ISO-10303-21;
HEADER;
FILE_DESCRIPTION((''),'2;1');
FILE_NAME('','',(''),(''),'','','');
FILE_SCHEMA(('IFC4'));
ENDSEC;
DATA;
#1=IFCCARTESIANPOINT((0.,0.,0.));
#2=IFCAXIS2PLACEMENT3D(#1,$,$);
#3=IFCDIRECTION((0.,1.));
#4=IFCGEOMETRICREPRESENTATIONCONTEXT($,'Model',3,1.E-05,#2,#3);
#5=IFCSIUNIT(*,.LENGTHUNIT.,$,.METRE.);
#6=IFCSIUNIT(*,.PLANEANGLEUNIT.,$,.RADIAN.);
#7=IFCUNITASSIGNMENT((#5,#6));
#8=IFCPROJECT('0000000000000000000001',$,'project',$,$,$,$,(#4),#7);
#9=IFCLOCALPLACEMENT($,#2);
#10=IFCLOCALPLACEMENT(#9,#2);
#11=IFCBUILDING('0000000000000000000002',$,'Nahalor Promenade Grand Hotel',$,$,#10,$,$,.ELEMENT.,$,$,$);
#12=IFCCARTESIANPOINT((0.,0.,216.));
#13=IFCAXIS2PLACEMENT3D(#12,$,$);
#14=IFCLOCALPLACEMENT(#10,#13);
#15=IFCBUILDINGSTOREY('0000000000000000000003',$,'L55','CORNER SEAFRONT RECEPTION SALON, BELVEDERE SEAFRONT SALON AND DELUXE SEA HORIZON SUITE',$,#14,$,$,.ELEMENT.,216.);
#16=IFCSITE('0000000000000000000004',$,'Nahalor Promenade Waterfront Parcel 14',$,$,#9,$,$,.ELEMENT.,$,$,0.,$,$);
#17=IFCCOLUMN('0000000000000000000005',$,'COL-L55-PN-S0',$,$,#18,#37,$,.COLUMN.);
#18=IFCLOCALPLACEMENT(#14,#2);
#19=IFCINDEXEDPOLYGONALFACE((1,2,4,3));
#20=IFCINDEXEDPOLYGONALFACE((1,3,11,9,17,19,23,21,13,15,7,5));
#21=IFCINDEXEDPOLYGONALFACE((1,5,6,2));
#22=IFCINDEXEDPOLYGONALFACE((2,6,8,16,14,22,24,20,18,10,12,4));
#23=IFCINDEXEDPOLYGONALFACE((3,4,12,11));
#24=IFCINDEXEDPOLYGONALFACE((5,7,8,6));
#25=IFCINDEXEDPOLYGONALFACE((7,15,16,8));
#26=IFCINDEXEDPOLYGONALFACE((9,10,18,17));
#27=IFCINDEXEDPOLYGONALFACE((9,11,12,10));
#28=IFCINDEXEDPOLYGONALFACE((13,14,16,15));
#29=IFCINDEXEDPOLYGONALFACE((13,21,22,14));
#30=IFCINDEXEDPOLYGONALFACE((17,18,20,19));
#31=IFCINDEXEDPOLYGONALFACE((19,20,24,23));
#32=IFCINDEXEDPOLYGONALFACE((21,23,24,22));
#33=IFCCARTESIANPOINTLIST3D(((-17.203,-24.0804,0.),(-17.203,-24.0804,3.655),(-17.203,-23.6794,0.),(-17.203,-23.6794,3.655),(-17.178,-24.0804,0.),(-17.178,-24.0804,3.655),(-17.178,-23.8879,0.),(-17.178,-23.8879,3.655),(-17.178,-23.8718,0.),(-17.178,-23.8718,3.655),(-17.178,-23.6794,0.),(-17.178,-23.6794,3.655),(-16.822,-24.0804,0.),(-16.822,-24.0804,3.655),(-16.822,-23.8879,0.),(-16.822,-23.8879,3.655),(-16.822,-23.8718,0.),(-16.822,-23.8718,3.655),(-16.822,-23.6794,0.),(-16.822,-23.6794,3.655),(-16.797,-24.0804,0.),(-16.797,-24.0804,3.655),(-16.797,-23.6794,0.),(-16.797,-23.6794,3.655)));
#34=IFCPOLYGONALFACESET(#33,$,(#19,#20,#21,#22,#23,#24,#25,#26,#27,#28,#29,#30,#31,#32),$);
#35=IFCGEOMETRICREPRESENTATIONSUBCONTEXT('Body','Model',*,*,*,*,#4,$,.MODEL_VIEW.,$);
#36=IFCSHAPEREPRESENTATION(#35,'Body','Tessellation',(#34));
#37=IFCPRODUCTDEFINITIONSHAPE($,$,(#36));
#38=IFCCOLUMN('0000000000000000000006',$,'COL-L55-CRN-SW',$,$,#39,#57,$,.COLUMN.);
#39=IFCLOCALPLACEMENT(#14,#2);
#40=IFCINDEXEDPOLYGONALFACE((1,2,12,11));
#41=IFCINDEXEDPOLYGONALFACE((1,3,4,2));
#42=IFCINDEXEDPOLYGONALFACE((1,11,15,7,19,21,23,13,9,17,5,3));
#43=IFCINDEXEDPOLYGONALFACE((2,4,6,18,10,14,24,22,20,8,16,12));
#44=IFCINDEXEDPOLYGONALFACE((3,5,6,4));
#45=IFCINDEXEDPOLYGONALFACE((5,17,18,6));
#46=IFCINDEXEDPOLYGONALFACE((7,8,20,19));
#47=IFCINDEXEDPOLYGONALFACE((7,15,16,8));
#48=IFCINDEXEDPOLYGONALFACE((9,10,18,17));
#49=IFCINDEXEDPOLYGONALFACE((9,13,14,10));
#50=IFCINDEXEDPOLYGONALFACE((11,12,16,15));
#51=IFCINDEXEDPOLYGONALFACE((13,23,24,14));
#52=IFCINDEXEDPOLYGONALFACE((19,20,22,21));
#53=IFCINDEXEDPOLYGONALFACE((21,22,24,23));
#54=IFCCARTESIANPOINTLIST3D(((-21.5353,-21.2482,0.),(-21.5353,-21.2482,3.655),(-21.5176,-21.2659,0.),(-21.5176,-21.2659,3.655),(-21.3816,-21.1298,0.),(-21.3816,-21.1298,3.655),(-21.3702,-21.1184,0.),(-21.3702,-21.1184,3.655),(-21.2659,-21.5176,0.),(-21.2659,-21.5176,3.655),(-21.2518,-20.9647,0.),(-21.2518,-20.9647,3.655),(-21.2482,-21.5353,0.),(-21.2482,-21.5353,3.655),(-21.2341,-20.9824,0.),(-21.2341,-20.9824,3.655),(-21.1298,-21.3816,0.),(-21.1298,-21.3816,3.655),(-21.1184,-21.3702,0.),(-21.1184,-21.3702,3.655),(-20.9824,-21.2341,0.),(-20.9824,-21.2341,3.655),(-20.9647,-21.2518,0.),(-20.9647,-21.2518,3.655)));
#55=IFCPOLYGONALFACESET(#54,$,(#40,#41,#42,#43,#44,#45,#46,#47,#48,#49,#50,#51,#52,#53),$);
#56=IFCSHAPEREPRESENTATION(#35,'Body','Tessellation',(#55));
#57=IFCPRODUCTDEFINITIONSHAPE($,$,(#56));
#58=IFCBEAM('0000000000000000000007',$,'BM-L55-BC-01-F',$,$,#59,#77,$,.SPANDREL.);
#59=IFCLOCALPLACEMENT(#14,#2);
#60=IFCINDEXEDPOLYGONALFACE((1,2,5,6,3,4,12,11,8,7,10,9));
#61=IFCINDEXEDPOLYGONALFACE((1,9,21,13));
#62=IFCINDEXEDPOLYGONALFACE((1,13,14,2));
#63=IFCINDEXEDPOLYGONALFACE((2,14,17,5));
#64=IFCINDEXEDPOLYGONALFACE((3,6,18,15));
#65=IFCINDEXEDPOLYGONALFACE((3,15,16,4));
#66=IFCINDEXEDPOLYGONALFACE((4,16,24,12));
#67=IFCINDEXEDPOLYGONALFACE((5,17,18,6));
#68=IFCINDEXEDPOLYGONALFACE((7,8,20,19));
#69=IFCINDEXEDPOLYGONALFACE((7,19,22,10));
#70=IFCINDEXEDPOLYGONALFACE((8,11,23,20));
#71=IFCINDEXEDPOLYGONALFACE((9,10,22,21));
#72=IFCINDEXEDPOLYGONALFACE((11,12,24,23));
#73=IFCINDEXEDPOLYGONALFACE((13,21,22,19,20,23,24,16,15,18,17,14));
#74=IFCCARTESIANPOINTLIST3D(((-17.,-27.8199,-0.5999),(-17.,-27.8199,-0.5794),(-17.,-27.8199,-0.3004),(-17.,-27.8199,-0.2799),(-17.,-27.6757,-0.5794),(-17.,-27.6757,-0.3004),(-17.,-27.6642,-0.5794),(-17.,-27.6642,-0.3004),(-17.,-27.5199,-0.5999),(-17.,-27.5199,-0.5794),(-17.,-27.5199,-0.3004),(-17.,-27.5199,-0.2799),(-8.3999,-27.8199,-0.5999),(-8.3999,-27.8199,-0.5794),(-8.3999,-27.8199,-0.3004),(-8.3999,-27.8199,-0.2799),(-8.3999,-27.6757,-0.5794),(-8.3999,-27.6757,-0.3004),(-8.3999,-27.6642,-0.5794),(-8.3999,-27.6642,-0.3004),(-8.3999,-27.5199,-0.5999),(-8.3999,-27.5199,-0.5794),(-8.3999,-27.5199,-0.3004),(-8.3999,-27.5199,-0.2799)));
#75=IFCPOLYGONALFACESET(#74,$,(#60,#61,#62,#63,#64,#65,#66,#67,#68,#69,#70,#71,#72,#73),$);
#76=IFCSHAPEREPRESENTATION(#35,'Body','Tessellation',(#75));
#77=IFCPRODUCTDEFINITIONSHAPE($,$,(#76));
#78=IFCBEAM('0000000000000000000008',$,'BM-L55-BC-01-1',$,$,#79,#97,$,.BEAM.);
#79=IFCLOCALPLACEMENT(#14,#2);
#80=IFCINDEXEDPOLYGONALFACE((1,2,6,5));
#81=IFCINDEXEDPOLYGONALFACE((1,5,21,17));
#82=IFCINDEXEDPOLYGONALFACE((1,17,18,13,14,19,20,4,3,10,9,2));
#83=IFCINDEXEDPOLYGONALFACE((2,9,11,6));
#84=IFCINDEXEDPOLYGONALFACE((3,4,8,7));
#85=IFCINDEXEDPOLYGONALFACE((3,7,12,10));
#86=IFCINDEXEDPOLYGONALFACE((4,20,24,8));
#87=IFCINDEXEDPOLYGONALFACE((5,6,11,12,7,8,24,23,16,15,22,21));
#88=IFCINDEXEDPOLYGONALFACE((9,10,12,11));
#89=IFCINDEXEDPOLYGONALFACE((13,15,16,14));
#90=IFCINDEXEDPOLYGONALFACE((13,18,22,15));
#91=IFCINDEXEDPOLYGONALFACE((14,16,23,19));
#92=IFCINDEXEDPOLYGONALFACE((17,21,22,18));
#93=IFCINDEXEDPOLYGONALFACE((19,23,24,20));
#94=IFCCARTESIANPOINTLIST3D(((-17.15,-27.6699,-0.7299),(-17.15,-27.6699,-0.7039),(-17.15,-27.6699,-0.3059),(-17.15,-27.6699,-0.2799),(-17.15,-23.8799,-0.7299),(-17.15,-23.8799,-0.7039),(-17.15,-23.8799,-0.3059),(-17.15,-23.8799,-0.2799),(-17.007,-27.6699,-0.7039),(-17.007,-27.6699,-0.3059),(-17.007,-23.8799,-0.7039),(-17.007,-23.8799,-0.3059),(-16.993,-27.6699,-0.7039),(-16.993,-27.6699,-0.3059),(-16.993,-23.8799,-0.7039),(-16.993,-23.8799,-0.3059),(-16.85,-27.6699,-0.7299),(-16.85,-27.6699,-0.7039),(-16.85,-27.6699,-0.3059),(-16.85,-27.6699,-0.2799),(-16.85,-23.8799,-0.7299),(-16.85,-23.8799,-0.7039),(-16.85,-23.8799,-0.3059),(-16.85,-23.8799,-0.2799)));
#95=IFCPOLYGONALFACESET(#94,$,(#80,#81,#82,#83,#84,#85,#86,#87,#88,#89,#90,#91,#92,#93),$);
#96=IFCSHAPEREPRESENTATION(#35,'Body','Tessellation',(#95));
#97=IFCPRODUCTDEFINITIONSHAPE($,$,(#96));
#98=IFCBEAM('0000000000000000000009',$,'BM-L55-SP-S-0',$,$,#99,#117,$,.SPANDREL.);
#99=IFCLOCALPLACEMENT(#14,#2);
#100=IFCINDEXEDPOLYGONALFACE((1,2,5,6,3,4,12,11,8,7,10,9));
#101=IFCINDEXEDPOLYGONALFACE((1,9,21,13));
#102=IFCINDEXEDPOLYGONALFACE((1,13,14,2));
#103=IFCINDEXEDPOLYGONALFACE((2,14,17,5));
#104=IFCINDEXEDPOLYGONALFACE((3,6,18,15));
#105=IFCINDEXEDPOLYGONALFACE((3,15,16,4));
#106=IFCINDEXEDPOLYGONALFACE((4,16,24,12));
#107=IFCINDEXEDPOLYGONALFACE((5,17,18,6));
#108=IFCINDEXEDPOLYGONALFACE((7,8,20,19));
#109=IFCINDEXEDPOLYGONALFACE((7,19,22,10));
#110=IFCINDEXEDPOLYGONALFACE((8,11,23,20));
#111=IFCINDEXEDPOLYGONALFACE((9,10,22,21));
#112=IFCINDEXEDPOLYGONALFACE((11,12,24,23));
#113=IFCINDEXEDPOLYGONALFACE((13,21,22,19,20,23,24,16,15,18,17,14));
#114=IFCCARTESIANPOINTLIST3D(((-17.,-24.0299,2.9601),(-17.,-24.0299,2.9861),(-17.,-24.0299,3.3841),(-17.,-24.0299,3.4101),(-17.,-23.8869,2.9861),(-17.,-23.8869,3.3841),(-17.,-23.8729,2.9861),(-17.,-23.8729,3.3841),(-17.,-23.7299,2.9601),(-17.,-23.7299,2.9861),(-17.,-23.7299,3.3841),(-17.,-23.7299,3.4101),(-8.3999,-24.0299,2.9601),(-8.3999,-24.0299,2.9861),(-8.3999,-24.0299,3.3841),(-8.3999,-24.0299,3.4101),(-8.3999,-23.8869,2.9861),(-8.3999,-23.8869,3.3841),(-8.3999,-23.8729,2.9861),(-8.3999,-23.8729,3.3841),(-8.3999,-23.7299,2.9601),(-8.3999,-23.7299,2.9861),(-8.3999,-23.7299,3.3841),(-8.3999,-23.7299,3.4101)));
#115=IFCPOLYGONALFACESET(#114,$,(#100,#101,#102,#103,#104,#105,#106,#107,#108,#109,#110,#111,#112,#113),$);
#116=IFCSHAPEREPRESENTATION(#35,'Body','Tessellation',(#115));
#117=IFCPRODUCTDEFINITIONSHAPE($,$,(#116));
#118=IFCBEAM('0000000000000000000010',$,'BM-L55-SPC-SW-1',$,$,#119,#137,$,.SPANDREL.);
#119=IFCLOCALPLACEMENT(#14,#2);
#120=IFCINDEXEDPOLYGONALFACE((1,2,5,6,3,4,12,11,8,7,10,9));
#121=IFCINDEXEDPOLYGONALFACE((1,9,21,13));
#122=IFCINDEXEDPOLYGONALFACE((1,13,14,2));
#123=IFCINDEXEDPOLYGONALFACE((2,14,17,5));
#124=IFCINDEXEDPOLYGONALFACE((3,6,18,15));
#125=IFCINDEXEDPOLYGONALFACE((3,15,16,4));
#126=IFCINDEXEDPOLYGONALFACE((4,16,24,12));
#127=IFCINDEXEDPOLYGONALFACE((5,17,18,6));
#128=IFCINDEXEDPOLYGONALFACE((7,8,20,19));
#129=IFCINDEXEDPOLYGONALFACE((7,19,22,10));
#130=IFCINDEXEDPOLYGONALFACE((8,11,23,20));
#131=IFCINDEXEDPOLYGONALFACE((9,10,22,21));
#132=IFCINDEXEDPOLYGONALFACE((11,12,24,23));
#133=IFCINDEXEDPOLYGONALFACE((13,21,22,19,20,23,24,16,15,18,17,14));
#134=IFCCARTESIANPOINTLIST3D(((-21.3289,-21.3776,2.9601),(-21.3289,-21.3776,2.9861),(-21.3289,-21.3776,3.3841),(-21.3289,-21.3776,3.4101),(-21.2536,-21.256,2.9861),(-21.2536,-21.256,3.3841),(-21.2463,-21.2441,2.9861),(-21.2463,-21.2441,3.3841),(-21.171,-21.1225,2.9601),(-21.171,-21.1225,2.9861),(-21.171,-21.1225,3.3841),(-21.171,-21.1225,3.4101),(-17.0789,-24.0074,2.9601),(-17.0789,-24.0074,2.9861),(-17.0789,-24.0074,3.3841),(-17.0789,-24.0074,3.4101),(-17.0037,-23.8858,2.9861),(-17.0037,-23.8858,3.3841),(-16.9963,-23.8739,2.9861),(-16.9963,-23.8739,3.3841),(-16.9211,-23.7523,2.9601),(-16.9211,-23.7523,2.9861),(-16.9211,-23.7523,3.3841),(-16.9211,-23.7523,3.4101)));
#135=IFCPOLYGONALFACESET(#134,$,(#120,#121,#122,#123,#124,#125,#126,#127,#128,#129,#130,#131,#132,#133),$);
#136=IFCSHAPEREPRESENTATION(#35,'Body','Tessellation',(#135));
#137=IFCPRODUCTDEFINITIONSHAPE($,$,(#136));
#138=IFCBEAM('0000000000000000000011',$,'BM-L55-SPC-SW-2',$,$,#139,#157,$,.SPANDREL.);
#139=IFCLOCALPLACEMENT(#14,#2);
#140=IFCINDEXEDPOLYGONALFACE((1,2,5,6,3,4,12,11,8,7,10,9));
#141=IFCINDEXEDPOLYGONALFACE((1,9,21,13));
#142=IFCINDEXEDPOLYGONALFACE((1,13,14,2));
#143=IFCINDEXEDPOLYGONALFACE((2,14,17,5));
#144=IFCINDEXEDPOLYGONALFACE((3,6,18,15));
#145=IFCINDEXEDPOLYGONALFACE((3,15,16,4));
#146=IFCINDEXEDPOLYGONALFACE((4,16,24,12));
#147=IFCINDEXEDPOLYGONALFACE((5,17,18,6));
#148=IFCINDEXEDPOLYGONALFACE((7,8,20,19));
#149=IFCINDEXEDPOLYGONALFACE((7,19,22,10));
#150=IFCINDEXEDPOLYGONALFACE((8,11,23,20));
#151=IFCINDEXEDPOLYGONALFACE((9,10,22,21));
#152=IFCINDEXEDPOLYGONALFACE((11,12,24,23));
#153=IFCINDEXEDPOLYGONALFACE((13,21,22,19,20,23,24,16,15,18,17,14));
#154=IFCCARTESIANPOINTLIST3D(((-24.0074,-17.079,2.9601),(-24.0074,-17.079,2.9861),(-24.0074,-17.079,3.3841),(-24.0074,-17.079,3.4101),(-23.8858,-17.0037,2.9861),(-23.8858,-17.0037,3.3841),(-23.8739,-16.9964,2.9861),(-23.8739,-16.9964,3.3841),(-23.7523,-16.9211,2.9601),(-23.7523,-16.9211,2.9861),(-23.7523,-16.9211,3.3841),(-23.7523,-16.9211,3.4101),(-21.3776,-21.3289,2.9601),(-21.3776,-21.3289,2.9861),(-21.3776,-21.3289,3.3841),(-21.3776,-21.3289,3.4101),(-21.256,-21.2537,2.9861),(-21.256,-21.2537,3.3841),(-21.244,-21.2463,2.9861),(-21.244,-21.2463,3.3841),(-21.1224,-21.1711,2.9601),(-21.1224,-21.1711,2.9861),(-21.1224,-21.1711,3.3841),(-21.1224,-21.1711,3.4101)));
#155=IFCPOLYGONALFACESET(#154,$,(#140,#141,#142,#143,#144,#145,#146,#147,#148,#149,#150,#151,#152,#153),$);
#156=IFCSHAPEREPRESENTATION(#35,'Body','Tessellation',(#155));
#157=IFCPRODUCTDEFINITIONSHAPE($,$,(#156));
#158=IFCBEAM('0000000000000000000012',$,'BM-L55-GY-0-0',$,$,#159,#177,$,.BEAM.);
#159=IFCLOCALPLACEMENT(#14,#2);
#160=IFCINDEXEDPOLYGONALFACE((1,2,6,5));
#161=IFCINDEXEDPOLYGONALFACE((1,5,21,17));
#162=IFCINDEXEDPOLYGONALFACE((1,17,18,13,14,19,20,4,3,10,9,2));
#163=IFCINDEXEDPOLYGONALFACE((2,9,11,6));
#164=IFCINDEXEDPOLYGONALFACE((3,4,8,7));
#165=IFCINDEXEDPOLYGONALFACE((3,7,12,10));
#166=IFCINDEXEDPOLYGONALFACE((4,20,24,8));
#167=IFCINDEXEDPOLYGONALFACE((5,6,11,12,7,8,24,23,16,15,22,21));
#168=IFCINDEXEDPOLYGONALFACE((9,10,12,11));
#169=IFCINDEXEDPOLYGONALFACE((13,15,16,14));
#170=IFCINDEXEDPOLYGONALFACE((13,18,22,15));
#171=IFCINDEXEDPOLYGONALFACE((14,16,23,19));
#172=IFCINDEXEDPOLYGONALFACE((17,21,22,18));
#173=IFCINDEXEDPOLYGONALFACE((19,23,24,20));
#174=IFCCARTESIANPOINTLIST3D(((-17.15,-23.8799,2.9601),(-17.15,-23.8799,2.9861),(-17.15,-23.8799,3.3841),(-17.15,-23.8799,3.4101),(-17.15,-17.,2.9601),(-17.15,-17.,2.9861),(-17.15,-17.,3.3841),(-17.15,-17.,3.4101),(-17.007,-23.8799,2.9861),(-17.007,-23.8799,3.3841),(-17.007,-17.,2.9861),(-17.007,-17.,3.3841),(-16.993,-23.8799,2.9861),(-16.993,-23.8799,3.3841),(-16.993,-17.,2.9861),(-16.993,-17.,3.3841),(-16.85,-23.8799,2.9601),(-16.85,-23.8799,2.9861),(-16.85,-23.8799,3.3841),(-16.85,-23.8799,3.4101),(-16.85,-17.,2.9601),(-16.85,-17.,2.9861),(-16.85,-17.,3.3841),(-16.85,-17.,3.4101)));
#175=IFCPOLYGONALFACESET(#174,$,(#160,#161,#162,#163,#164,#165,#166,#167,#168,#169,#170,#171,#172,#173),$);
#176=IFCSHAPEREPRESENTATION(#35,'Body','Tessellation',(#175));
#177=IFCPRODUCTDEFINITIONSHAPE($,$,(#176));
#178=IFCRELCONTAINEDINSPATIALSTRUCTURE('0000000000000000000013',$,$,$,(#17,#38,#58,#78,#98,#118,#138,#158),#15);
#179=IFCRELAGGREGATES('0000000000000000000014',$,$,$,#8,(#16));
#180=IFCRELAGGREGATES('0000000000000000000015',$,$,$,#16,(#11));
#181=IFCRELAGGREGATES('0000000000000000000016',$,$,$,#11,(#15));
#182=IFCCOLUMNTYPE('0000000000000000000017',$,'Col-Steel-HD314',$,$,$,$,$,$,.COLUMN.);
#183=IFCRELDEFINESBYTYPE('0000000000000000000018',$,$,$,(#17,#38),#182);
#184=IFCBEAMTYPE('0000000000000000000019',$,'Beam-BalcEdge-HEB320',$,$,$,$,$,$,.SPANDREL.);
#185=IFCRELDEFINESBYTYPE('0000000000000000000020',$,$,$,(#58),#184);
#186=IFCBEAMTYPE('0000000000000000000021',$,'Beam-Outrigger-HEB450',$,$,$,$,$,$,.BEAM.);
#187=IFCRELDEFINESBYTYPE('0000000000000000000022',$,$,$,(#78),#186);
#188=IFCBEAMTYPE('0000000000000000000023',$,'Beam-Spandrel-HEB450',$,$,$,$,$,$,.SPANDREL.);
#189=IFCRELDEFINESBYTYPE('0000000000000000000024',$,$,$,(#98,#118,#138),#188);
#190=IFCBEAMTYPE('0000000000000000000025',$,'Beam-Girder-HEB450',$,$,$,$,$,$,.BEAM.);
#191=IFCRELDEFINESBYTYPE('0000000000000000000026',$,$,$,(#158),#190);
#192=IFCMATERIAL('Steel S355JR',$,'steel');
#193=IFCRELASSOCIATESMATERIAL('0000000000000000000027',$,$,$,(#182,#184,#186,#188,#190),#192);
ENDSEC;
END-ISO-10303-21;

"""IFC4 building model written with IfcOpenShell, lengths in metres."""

from ifc_helpers import new_model, si_unit, direction, frame, origin, origin_2d, place, context, subcontext, project, spatial, i_section, extrude, source, transform, mapped, material, material_profile, profile_set, type_object, element, save


model = new_model("IFC4")

# Units and contexts
model_context = context("Model", 3, precision=1e-05, world=origin(), true_north=direction((0.0, 1.0)))
body_context = subcontext(model_context, "Body", "Model", "MODEL_VIEW")
ifc_project = project(units=[si_unit("LENGTHUNIT", "METRE"), si_unit("PLANEANGLEUNIT", "RADIAN")], contexts=[model_context])

# Site, building, storey
site_placement = place(None, origin())
site = spatial("IfcSite", under=ifc_project, at=site_placement, Name="Nahalor Promenade Waterfront Parcel 14", CompositionType="ELEMENT", RefElevation=0.0)
building_placement = place(site_placement, origin())
building = spatial("IfcBuilding", under=site, at=building_placement, Name="Nahalor Promenade Grand Hotel", CompositionType="ELEMENT")
storey_placement = place(building_placement, frame((0.0, 0.0, 216.0)))
storey = spatial("IfcBuildingStorey", under=building, at=storey_placement, Name="L55", Description="CORNER SEAFRONT RECEPTION SALON, BELVEDERE SEAFRONT SALON AND DELUXE SEA HORIZON SUITE", CompositionType="ELEMENT", Elevation=216.0)

# Columns
ifc_material_1 = material(Name="Steel S355JR", Category="steel")
ifc_material_profile_1 = material_profile(ifc_material_1, i_section(OverallWidth=0.401, OverallDepth=0.406, WebThickness=0.0161, FlangeThickness=0.025, at=origin_2d()), Name="HD 400x314")
ifc_profile_set_1 = profile_set([ifc_material_profile_1], Name="Steel S355JR")
column_type = type_object("IfcColumnType", Name="Col-Steel-HD314", PredefinedType="COLUMN", material=ifc_profile_set_1)
shared_shape_1 = source(origin(), body_context, "Body", "SweptSolid", [
    extrude(i_section(OverallWidth=0.401, OverallDepth=0.406, WebThickness=0.0161, FlangeThickness=0.025, at=origin_2d()), origin(), (0.0, 0.0, 1.0), 3.655),
])
for number, where, z_axis, x_axis, name in (
    (1, (-17.0, -23.8799, 0.0), (0.0, 0.0, 1.0), (0.0, 1.0, 0.0), "COL-L55-PN-S0"),
    (2, (-21.25, -21.25, 0.0), (0.0, 0.0, 1.0), (0.707107, 0.707107, 0.0), "COL-L55-CRN-SW"),
):
    element("IfcColumn", number, at=place(storey_placement, frame(where, z_axis=z_axis, x_axis=x_axis)), inside=storey, type_object=column_type, Name=name, PredefinedType="COLUMN", context=body_context, shape_type="MappedRepresentation", body=[
        mapped(shared_shape_1, transform((0.0, 0.0, 0.0), scale=1.0)),
    ])

# Beams
ifc_material_profile_2 = material_profile(ifc_material_1, i_section(OverallWidth=0.3, OverallDepth=0.32, WebThickness=0.0115, FlangeThickness=0.0205, at=origin_2d()), Name="HEB 320")
ifc_profile_set_2 = profile_set([ifc_material_profile_2], Name="Steel S355JR")
beam_type_1 = type_object("IfcBeamType", Name="Beam-BalcEdge-HEB320", PredefinedType="SPANDREL", material=ifc_profile_set_2)
shared_shape_2 = source(origin(), body_context, "Body", "SweptSolid", [
    extrude(i_section(OverallWidth=0.3, OverallDepth=0.32, WebThickness=0.0115, FlangeThickness=0.0205, at=origin_2d()), origin(), (0.0, 0.0, 1.0), 8.6001),
])
beam_1_placement = place(storey_placement, frame((-17.0, -27.6699, -0.4399), z_axis=(1.0, 0.0, 0.0), x_axis=(0.0, 1.0, 0.0)))
element("IfcBeam", 3, at=beam_1_placement, inside=storey, type_object=beam_type_1, Name="BM-L55-BC-01-F", PredefinedType="SPANDREL", context=body_context, shape_type="MappedRepresentation", body=[
    mapped(shared_shape_2, transform((0.0, 0.0, 0.0), scale=1.0)),
])
ifc_material_profile_3 = material_profile(ifc_material_1, i_section(OverallWidth=0.3, OverallDepth=0.45, WebThickness=0.014, FlangeThickness=0.026, at=origin_2d()), Name="HEB 450")
ifc_profile_set_3 = profile_set([ifc_material_profile_3], Name="Steel S355JR")
beam_type_2 = type_object("IfcBeamType", Name="Beam-Outrigger-HEB450", PredefinedType="BEAM", material=ifc_profile_set_3)
shared_shape_3 = source(origin(), body_context, "Body", "SweptSolid", [
    extrude(i_section(OverallWidth=0.3, OverallDepth=0.45, WebThickness=0.014, FlangeThickness=0.026, at=origin_2d()), origin(), (0.0, 0.0, 1.0), 3.79),
])
beam_2_placement = place(storey_placement, frame((-17.0, -27.6699, -0.5049), z_axis=(0.0, 1.0, 0.0), x_axis=(-1.0, 0.0, 0.0)))
element("IfcBeam", 4, at=beam_2_placement, inside=storey, type_object=beam_type_2, Name="BM-L55-BC-01-1", PredefinedType="BEAM", context=body_context, shape_type="MappedRepresentation", body=[
    mapped(shared_shape_3, transform((0.0, 0.0, 0.0), scale=1.0)),
])
ifc_material_profile_4 = material_profile(ifc_material_1, i_section(OverallWidth=0.3, OverallDepth=0.45, WebThickness=0.014, FlangeThickness=0.026, at=origin_2d()), Name="HEB 450")
ifc_profile_set_4 = profile_set([ifc_material_profile_4], Name="Steel S355JR")
beam_type_3 = type_object("IfcBeamType", Name="Beam-Spandrel-HEB450", PredefinedType="SPANDREL", material=ifc_profile_set_4)
shared_shape_4 = source(origin(), body_context, "Body", "SweptSolid", [
    extrude(i_section(OverallWidth=0.3, OverallDepth=0.45, WebThickness=0.014, FlangeThickness=0.026, at=origin_2d()), origin(), (0.0, 0.0, 1.0), 8.6001),
])
beam_3_placement = place(storey_placement, frame((-17.0, -23.8799, 3.1851), z_axis=(1.0, 0.0, 0.0), x_axis=(0.0, 1.0, 0.0)))
element("IfcBeam", 5, at=beam_3_placement, inside=storey, type_object=beam_type_3, Name="BM-L55-SP-S-0", PredefinedType="SPANDREL", context=body_context, shape_type="MappedRepresentation", body=[
    mapped(shared_shape_4, transform((0.0, 0.0, 0.0), scale=1.0)),
])
shared_shape_5 = source(origin(), body_context, "Body", "SweptSolid", [
    extrude(i_section(OverallWidth=0.3, OverallDepth=0.45, WebThickness=0.014, FlangeThickness=0.026, at=origin_2d()), origin(), (0.0, 0.0, 1.0), 4.9978),
])
for number, where, z_axis, x_axis, name in (
    (6, (-17.0, -23.8799, 3.1851), (-0.850361, 0.5262, 0.0), (-0.5262, -0.850361, 0.0), "BM-L55-SPC-SW-1"),
    (7, (-21.25, -21.25, 3.1851), (-0.5262, 0.850361, 0.0), (-0.850361, -0.5262, 0.0), "BM-L55-SPC-SW-2"),
):
    element("IfcBeam", number, at=place(storey_placement, frame(where, z_axis=z_axis, x_axis=x_axis)), inside=storey, type_object=beam_type_3, Name=name, PredefinedType="SPANDREL", context=body_context, shape_type="MappedRepresentation", body=[
        mapped(shared_shape_5, transform((0.0, 0.0, 0.0), scale=1.0)),
    ])
ifc_material_profile_5 = material_profile(ifc_material_1, i_section(OverallWidth=0.3, OverallDepth=0.45, WebThickness=0.014, FlangeThickness=0.026, at=origin_2d()), Name="HEB 450")
ifc_profile_set_5 = profile_set([ifc_material_profile_5], Name="Steel S355JR")
beam_type_4 = type_object("IfcBeamType", Name="Beam-Girder-HEB450", PredefinedType="BEAM", material=ifc_profile_set_5)
shared_shape_6 = source(origin(), body_context, "Body", "SweptSolid", [
    extrude(i_section(OverallWidth=0.3, OverallDepth=0.45, WebThickness=0.014, FlangeThickness=0.026, at=origin_2d()), origin(), (0.0, 0.0, 1.0), 6.8799),
])
beam_4_placement = place(storey_placement, frame((-17.0, -23.8799, 3.1851), z_axis=(0.0, 1.0, 0.0), x_axis=(-1.0, 0.0, 0.0)))
element("IfcBeam", 8, at=beam_4_placement, inside=storey, type_object=beam_type_4, Name="BM-L55-GY-0-0", PredefinedType="BEAM", context=body_context, shape_type="MappedRepresentation", body=[
    mapped(shared_shape_6, transform((0.0, 0.0, 0.0), scale=1.0)),
])

save(model, "model.ifc")
